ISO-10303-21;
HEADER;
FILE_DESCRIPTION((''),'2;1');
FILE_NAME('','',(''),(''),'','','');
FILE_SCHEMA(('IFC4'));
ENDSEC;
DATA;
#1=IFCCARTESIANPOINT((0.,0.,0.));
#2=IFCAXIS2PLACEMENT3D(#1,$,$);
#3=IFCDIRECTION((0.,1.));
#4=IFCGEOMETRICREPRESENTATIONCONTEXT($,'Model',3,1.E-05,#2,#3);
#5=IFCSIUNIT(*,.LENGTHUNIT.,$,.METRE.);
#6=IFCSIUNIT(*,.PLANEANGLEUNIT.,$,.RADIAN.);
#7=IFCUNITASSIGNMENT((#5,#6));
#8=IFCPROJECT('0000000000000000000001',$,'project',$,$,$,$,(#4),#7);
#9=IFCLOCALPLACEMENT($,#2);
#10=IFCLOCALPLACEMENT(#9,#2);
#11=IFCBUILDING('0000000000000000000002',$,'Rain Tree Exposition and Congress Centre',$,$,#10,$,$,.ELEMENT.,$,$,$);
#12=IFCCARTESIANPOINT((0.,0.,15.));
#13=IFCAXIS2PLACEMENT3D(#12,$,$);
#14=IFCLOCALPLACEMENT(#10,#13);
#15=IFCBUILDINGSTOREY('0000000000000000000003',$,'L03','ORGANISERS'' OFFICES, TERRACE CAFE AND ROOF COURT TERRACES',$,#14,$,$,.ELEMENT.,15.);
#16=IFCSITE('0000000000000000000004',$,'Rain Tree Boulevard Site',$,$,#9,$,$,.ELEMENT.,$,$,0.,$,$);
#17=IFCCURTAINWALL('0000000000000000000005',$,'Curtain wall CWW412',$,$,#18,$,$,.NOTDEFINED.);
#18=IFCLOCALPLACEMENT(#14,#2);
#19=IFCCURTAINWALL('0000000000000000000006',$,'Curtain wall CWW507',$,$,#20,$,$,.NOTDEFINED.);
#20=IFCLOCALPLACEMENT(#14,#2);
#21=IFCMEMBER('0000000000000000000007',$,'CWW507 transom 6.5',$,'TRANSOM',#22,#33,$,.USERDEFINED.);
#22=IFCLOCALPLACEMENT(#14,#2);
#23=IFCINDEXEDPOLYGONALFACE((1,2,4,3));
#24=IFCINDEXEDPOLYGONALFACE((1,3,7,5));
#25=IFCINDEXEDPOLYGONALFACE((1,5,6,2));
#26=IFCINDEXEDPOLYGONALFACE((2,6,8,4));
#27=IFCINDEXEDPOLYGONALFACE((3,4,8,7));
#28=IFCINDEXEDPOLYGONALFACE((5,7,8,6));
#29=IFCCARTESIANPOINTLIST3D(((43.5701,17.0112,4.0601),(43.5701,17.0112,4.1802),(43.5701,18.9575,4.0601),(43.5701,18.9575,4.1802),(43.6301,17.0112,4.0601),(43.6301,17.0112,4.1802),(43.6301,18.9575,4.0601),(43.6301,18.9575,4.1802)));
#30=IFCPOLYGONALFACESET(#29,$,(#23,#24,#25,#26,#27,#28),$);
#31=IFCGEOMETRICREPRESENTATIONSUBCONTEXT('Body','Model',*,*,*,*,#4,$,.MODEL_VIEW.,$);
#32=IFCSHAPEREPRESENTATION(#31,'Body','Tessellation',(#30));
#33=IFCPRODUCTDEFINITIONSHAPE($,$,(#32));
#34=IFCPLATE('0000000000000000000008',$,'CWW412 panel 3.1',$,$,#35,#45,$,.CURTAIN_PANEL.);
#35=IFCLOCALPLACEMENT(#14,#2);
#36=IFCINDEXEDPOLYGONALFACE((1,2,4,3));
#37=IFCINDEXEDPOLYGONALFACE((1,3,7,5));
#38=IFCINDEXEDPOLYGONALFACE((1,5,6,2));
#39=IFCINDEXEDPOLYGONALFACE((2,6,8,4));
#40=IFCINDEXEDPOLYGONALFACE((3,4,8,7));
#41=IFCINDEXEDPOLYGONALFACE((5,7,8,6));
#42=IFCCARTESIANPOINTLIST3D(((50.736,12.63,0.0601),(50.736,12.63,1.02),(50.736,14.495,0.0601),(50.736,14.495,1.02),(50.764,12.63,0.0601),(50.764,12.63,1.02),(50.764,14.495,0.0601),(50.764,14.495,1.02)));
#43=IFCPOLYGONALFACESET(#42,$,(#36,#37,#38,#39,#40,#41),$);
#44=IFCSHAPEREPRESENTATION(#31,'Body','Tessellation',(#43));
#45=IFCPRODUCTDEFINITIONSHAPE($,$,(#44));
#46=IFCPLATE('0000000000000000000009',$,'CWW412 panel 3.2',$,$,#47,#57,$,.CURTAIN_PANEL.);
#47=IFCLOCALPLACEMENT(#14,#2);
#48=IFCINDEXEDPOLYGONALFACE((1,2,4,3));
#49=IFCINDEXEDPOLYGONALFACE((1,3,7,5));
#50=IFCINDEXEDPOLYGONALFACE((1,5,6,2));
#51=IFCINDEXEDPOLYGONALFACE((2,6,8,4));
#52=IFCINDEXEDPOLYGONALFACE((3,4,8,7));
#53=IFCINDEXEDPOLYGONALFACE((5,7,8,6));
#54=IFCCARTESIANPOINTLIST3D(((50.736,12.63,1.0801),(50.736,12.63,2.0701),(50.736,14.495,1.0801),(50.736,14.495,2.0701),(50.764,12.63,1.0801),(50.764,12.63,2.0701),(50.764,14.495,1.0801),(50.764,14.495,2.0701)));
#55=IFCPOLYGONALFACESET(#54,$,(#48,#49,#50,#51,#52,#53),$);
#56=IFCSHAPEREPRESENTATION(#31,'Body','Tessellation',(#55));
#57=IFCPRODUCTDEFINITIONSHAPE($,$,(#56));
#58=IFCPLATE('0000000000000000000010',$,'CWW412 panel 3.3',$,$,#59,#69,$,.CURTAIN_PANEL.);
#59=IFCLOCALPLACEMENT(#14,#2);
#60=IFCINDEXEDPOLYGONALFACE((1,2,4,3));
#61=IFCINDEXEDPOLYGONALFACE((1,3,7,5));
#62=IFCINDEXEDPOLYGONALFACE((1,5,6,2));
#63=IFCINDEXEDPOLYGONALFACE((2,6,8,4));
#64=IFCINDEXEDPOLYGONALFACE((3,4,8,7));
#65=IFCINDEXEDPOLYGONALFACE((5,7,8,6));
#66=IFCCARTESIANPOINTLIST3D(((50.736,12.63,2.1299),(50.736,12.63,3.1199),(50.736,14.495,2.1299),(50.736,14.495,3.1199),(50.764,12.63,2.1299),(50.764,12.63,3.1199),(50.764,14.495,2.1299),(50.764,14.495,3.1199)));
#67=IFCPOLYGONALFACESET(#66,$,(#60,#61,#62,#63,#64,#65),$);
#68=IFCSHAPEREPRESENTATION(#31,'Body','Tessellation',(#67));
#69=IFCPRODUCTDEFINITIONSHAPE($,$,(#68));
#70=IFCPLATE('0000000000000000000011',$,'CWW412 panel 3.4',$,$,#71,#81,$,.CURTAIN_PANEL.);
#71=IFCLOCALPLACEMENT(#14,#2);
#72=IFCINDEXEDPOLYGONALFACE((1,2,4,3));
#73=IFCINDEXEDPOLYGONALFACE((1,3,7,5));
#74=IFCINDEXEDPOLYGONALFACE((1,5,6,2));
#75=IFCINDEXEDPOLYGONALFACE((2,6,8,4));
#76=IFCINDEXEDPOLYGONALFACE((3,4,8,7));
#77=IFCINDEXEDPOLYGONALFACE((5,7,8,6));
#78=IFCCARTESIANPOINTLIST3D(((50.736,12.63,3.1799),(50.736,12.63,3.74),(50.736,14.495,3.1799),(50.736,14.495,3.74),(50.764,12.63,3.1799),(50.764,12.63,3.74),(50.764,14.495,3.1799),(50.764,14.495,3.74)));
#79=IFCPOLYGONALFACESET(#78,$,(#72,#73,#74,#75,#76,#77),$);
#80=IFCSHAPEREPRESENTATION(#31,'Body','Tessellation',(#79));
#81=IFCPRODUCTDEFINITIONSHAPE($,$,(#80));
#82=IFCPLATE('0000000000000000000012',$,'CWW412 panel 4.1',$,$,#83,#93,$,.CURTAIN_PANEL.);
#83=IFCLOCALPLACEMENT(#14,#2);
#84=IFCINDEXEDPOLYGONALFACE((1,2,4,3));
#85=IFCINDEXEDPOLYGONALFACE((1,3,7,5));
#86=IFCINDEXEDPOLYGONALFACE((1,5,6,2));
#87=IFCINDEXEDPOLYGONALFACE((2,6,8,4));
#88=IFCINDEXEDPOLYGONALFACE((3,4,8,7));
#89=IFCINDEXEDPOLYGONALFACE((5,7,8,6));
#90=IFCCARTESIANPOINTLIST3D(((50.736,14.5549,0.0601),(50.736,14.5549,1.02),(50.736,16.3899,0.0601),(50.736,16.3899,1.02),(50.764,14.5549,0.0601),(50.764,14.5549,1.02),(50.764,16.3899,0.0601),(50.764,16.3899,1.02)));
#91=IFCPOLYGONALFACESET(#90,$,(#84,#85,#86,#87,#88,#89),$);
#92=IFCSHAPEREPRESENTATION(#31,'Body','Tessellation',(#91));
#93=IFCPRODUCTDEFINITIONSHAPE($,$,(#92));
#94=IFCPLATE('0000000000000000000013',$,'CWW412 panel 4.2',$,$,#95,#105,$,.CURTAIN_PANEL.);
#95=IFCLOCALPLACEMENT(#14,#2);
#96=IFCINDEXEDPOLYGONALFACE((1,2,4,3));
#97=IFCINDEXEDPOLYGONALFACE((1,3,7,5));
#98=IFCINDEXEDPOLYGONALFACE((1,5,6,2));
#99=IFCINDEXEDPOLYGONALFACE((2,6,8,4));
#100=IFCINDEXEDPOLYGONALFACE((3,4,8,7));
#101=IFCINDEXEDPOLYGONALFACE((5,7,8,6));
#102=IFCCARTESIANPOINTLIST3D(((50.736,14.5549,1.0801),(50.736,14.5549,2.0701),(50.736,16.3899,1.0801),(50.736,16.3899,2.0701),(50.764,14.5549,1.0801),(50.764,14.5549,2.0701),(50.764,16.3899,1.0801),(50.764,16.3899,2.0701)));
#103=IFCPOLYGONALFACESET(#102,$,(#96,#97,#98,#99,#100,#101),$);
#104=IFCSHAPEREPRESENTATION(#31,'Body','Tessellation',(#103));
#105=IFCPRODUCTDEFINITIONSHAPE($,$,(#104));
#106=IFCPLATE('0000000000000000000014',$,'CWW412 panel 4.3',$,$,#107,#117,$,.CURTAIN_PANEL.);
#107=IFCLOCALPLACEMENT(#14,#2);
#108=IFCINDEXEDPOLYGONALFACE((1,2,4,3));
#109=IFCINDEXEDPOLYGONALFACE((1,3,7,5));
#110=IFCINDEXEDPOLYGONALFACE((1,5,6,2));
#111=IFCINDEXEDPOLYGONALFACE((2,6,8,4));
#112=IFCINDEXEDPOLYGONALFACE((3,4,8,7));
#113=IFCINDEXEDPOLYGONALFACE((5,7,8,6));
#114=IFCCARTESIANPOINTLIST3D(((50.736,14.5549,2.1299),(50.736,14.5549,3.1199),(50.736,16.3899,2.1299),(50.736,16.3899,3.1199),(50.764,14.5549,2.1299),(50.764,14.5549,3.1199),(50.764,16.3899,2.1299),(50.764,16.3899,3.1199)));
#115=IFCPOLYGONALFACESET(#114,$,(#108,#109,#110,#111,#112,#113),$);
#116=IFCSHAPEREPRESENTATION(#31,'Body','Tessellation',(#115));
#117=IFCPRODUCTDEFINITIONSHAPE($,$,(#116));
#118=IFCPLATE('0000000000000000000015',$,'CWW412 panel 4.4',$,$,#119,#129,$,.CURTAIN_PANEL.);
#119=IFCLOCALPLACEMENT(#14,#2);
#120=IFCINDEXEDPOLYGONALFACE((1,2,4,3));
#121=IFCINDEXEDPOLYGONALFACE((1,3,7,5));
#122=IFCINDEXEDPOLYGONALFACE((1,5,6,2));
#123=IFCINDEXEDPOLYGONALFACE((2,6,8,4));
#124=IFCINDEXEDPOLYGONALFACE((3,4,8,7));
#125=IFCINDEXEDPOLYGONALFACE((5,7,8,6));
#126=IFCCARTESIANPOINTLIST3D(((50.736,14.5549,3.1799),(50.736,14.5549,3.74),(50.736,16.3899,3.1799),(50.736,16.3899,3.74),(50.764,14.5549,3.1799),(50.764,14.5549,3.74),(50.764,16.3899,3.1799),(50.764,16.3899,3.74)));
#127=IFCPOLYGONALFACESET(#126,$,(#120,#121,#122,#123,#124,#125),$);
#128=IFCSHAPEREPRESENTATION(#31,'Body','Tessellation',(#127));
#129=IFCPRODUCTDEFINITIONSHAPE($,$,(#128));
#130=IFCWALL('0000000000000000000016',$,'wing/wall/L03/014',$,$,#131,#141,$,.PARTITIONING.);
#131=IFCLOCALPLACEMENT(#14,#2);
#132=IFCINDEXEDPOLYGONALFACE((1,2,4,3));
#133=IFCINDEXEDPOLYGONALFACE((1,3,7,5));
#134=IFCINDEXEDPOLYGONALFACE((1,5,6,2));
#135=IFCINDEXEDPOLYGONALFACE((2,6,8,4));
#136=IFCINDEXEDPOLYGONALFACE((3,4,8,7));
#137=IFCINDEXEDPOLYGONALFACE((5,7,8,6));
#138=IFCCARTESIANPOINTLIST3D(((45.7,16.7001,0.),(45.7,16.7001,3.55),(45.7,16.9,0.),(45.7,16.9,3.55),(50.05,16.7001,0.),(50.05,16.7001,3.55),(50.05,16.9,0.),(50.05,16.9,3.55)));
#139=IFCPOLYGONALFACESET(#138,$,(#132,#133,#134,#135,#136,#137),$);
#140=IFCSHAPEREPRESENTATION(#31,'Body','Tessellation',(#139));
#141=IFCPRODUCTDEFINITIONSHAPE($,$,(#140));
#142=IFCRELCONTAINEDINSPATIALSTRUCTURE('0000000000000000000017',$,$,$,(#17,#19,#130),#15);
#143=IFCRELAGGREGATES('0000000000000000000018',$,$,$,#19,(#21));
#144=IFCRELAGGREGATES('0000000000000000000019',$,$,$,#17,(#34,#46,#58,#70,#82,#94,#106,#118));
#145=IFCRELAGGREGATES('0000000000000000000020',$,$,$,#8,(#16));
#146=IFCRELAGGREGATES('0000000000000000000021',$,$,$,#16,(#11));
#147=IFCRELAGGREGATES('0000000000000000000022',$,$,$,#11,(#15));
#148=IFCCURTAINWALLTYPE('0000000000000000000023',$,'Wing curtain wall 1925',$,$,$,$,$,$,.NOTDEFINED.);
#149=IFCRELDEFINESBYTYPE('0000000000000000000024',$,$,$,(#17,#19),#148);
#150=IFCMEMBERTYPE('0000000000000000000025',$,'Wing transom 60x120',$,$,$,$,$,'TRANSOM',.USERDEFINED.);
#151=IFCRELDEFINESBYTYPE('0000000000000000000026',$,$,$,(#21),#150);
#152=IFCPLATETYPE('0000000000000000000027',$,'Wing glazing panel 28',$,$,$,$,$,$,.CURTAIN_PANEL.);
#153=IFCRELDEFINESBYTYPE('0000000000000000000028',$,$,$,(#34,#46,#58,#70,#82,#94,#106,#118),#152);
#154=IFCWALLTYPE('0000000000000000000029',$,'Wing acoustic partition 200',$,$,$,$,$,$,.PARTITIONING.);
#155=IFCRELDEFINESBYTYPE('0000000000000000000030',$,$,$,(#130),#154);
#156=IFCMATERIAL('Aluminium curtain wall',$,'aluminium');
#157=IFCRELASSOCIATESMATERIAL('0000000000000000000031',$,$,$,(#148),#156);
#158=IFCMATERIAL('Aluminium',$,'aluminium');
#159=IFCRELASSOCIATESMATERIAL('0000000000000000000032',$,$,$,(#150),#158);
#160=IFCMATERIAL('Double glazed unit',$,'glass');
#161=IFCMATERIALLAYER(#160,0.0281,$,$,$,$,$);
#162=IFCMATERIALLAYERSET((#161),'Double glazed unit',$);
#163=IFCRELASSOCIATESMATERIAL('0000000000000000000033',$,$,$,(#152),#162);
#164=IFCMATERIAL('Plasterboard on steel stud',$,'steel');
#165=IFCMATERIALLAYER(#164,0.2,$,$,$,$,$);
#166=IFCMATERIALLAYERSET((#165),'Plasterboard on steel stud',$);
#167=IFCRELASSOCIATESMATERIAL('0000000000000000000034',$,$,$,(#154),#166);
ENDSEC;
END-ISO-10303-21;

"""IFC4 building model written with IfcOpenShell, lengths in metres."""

from ifc_helpers import new_model, si_unit, direction, frame, frame_2d, origin, origin_2d, place, context, subcontext, project, spatial, rectangle, extrude, material, layer, layer_set, material_profile, profile_set, type_object, element, aggregate, save


model = new_model("IFC4")

# Units and contexts
model_context = context("Model", 3, precision=1e-05, world=origin(), true_north=direction((0.0, 1.0)))
body_context = subcontext(model_context, "Body", "Model", "MODEL_VIEW")
ifc_project = project(units=[si_unit("LENGTHUNIT", "METRE"), si_unit("PLANEANGLEUNIT", "RADIAN")], contexts=[model_context])

# Site, building, storey
site_placement = place(None, origin())
site = spatial("IfcSite", under=ifc_project, at=site_placement, Name="Rain Tree Boulevard Site", CompositionType="ELEMENT", RefElevation=0.0)
building_placement = place(site_placement, origin())
building = spatial("IfcBuilding", under=site, at=building_placement, Name="Rain Tree Exposition and Congress Centre", CompositionType="ELEMENT")
storey_placement = place(building_placement, frame((0.0, 0.0, 15.0)))
storey = spatial("IfcBuildingStorey", under=building, at=storey_placement, Name="L03", Description="ORGANISERS' OFFICES, TERRACE CAFE AND ROOF COURT TERRACES", CompositionType="ELEMENT", Elevation=15.0)

# Curtain wall
ifc_material_1 = material(Name="Aluminium curtain wall", Category="aluminium")
curtain_wall_type = type_object("IfcCurtainWallType", Name="Wing curtain wall 1925", PredefinedType="NOTDEFINED", material=ifc_material_1)
curtain_wall_1_placement = place(storey_placement, origin())
curtain_wall_1 = element("IfcCurtainWall", 1, at=curtain_wall_1_placement, inside=storey, type_object=curtain_wall_type, Name="Curtain wall CWW412", PredefinedType="NOTDEFINED")

# Shared definitions
ifc_material_2 = material(Name="Aluminium", Category="aluminium")
ifc_material_profile_1 = material_profile(ifc_material_2, rectangle(XDim=0.0601, YDim=0.1201, at=origin_2d()), Name="Aluminium 60x120")
ifc_profile_set_1 = profile_set([ifc_material_profile_1], Name="Aluminium")
member_type_1 = type_object("IfcMemberType", Name="Wing transom 60x120", ElementType="TRANSOM", PredefinedType="USERDEFINED", material=ifc_profile_set_1)

# Curtain wall, member
curtain_wall_2_placement = place(storey_placement, origin())
curtain_wall_2 = element("IfcCurtainWall", 2, at=curtain_wall_2_placement, inside=storey, type_object=curtain_wall_type, Name="Curtain wall CWW507", PredefinedType="NOTDEFINED")
member_1_placement = place(storey_placement, frame((43.6001, 17.0112, 4.1201), z_axis=(0.0, 1.0, 0.0), x_axis=(-1.0, 0.0, 0.0)))
member_1 = element("IfcMember", 3, at=member_1_placement, type_object=member_type_1, Name="CWW507 transom 6.5", ObjectType="TRANSOM", PredefinedType="USERDEFINED", context=body_context, shape_type="SweptSolid", body=[
    extrude(rectangle(XDim=0.0601, YDim=0.1201, at=origin_2d()), origin(), (0.0, 0.0, 1.0), 1.9463),
])
aggregate(curtain_wall_2, [member_1])

# Plates
ifc_material_3 = material(Name="Double glazed unit", Category="glass")
ifc_layer_1 = layer(ifc_material_3, 0.0281)
ifc_layer_set_1 = layer_set([ifc_layer_1], Name="Double glazed unit")
plate_type = type_object("IfcPlateType", Name="Wing glazing panel 28", PredefinedType="CURTAIN_PANEL", material=ifc_layer_set_1)
plate_1_placement = place(storey_placement, frame((50.75, 13.5625, 0.0601), z_axis=(0.0, 0.0, 1.0), x_axis=(0.0, 1.0, 0.0)))
plate_1 = element("IfcPlate", 4, at=plate_1_placement, type_object=plate_type, Name="CWW412 panel 3.1", PredefinedType="CURTAIN_PANEL", context=body_context, shape_type="SweptSolid", body=[
    extrude(rectangle(XDim=1.865, YDim=0.0281, at=origin_2d()), origin(), (0.0, 0.0, 1.0), 0.96),
])
plate_2_placement = place(storey_placement, frame((50.75, 13.5625, 1.0801), z_axis=(0.0, 0.0, 1.0), x_axis=(0.0, 1.0, 0.0)))
plate_2 = element("IfcPlate", 5, at=plate_2_placement, type_object=plate_type, Name="CWW412 panel 3.2", PredefinedType="CURTAIN_PANEL", context=body_context, shape_type="SweptSolid", body=[
    extrude(rectangle(XDim=1.865, YDim=0.0281, at=origin_2d()), origin(), (0.0, 0.0, 1.0), 0.99),
])
plate_3_placement = place(storey_placement, frame((50.75, 13.5625, 2.1299), z_axis=(0.0, 0.0, 1.0), x_axis=(0.0, 1.0, 0.0)))
plate_3 = element("IfcPlate", 6, at=plate_3_placement, type_object=plate_type, Name="CWW412 panel 3.3", PredefinedType="CURTAIN_PANEL", context=body_context, shape_type="SweptSolid", body=[
    extrude(rectangle(XDim=1.865, YDim=0.0281, at=origin_2d()), origin(), (0.0, 0.0, 1.0), 0.99),
])
plate_4_placement = place(storey_placement, frame((50.75, 13.5625, 3.1799), z_axis=(0.0, 0.0, 1.0), x_axis=(0.0, 1.0, 0.0)))
plate_4 = element("IfcPlate", 7, at=plate_4_placement, type_object=plate_type, Name="CWW412 panel 3.4", PredefinedType="CURTAIN_PANEL", context=body_context, shape_type="SweptSolid", body=[
    extrude(rectangle(XDim=1.865, YDim=0.0281, at=origin_2d()), origin(), (0.0, 0.0, 1.0), 0.5601),
])
plate_5_placement = place(storey_placement, frame((50.75, 15.4724, 0.0601), z_axis=(0.0, 0.0, 1.0), x_axis=(0.0, 1.0, 0.0)))
plate_5 = element("IfcPlate", 8, at=plate_5_placement, type_object=plate_type, Name="CWW412 panel 4.1", PredefinedType="CURTAIN_PANEL", context=body_context, shape_type="SweptSolid", body=[
    extrude(rectangle(XDim=1.835, YDim=0.0281, at=origin_2d()), origin(), (0.0, 0.0, 1.0), 0.96),
])
plate_6_placement = place(storey_placement, frame((50.75, 15.4724, 1.0801), z_axis=(0.0, 0.0, 1.0), x_axis=(0.0, 1.0, 0.0)))
plate_6 = element("IfcPlate", 9, at=plate_6_placement, type_object=plate_type, Name="CWW412 panel 4.2", PredefinedType="CURTAIN_PANEL", context=body_context, shape_type="SweptSolid", body=[
    extrude(rectangle(XDim=1.835, YDim=0.0281, at=origin_2d()), origin(), (0.0, 0.0, 1.0), 0.99),
])
plate_7_placement = place(storey_placement, frame((50.75, 15.4724, 2.1299), z_axis=(0.0, 0.0, 1.0), x_axis=(0.0, 1.0, 0.0)))
plate_7 = element("IfcPlate", 10, at=plate_7_placement, type_object=plate_type, Name="CWW412 panel 4.3", PredefinedType="CURTAIN_PANEL", context=body_context, shape_type="SweptSolid", body=[
    extrude(rectangle(XDim=1.835, YDim=0.0281, at=origin_2d()), origin(), (0.0, 0.0, 1.0), 0.99),
])
plate_8_placement = place(storey_placement, frame((50.75, 15.4724, 3.1799), z_axis=(0.0, 0.0, 1.0), x_axis=(0.0, 1.0, 0.0)))
plate_8 = element("IfcPlate", 11, at=plate_8_placement, type_object=plate_type, Name="CWW412 panel 4.4", PredefinedType="CURTAIN_PANEL", context=body_context, shape_type="SweptSolid", body=[
    extrude(rectangle(XDim=1.835, YDim=0.0281, at=origin_2d()), origin(), (0.0, 0.0, 1.0), 0.5601),
])
aggregate(curtain_wall_1, [plate_1, plate_2, plate_3, plate_4, plate_5, plate_6, plate_7, plate_8])

# Wall
ifc_material_4 = material(Name="Plasterboard on steel stud", Category="steel")
ifc_layer_2 = layer(ifc_material_4, 0.2)
ifc_layer_set_2 = layer_set([ifc_layer_2], Name="Plasterboard on steel stud")
wall_type = type_object("IfcWallType", Name="Wing acoustic partition 200", PredefinedType="PARTITIONING", material=ifc_layer_set_2)
wall_1_placement = place(storey_placement, frame((45.7, 16.8, 0.0), z_axis=(0.0, 0.0, 1.0), x_axis=(1.0, 0.0, 0.0)))
element("IfcWall", 12, at=wall_1_placement, inside=storey, type_object=wall_type, Name="wing/wall/L03/014", PredefinedType="PARTITIONING", context=body_context, shape_type="SweptSolid", body=[
    extrude(rectangle(XDim=4.3501, YDim=0.2, at=frame_2d((2.175, 0.0))), origin(), (0.0, 0.0, 1.0), 3.55),
])

save(model, "model.ifc")
